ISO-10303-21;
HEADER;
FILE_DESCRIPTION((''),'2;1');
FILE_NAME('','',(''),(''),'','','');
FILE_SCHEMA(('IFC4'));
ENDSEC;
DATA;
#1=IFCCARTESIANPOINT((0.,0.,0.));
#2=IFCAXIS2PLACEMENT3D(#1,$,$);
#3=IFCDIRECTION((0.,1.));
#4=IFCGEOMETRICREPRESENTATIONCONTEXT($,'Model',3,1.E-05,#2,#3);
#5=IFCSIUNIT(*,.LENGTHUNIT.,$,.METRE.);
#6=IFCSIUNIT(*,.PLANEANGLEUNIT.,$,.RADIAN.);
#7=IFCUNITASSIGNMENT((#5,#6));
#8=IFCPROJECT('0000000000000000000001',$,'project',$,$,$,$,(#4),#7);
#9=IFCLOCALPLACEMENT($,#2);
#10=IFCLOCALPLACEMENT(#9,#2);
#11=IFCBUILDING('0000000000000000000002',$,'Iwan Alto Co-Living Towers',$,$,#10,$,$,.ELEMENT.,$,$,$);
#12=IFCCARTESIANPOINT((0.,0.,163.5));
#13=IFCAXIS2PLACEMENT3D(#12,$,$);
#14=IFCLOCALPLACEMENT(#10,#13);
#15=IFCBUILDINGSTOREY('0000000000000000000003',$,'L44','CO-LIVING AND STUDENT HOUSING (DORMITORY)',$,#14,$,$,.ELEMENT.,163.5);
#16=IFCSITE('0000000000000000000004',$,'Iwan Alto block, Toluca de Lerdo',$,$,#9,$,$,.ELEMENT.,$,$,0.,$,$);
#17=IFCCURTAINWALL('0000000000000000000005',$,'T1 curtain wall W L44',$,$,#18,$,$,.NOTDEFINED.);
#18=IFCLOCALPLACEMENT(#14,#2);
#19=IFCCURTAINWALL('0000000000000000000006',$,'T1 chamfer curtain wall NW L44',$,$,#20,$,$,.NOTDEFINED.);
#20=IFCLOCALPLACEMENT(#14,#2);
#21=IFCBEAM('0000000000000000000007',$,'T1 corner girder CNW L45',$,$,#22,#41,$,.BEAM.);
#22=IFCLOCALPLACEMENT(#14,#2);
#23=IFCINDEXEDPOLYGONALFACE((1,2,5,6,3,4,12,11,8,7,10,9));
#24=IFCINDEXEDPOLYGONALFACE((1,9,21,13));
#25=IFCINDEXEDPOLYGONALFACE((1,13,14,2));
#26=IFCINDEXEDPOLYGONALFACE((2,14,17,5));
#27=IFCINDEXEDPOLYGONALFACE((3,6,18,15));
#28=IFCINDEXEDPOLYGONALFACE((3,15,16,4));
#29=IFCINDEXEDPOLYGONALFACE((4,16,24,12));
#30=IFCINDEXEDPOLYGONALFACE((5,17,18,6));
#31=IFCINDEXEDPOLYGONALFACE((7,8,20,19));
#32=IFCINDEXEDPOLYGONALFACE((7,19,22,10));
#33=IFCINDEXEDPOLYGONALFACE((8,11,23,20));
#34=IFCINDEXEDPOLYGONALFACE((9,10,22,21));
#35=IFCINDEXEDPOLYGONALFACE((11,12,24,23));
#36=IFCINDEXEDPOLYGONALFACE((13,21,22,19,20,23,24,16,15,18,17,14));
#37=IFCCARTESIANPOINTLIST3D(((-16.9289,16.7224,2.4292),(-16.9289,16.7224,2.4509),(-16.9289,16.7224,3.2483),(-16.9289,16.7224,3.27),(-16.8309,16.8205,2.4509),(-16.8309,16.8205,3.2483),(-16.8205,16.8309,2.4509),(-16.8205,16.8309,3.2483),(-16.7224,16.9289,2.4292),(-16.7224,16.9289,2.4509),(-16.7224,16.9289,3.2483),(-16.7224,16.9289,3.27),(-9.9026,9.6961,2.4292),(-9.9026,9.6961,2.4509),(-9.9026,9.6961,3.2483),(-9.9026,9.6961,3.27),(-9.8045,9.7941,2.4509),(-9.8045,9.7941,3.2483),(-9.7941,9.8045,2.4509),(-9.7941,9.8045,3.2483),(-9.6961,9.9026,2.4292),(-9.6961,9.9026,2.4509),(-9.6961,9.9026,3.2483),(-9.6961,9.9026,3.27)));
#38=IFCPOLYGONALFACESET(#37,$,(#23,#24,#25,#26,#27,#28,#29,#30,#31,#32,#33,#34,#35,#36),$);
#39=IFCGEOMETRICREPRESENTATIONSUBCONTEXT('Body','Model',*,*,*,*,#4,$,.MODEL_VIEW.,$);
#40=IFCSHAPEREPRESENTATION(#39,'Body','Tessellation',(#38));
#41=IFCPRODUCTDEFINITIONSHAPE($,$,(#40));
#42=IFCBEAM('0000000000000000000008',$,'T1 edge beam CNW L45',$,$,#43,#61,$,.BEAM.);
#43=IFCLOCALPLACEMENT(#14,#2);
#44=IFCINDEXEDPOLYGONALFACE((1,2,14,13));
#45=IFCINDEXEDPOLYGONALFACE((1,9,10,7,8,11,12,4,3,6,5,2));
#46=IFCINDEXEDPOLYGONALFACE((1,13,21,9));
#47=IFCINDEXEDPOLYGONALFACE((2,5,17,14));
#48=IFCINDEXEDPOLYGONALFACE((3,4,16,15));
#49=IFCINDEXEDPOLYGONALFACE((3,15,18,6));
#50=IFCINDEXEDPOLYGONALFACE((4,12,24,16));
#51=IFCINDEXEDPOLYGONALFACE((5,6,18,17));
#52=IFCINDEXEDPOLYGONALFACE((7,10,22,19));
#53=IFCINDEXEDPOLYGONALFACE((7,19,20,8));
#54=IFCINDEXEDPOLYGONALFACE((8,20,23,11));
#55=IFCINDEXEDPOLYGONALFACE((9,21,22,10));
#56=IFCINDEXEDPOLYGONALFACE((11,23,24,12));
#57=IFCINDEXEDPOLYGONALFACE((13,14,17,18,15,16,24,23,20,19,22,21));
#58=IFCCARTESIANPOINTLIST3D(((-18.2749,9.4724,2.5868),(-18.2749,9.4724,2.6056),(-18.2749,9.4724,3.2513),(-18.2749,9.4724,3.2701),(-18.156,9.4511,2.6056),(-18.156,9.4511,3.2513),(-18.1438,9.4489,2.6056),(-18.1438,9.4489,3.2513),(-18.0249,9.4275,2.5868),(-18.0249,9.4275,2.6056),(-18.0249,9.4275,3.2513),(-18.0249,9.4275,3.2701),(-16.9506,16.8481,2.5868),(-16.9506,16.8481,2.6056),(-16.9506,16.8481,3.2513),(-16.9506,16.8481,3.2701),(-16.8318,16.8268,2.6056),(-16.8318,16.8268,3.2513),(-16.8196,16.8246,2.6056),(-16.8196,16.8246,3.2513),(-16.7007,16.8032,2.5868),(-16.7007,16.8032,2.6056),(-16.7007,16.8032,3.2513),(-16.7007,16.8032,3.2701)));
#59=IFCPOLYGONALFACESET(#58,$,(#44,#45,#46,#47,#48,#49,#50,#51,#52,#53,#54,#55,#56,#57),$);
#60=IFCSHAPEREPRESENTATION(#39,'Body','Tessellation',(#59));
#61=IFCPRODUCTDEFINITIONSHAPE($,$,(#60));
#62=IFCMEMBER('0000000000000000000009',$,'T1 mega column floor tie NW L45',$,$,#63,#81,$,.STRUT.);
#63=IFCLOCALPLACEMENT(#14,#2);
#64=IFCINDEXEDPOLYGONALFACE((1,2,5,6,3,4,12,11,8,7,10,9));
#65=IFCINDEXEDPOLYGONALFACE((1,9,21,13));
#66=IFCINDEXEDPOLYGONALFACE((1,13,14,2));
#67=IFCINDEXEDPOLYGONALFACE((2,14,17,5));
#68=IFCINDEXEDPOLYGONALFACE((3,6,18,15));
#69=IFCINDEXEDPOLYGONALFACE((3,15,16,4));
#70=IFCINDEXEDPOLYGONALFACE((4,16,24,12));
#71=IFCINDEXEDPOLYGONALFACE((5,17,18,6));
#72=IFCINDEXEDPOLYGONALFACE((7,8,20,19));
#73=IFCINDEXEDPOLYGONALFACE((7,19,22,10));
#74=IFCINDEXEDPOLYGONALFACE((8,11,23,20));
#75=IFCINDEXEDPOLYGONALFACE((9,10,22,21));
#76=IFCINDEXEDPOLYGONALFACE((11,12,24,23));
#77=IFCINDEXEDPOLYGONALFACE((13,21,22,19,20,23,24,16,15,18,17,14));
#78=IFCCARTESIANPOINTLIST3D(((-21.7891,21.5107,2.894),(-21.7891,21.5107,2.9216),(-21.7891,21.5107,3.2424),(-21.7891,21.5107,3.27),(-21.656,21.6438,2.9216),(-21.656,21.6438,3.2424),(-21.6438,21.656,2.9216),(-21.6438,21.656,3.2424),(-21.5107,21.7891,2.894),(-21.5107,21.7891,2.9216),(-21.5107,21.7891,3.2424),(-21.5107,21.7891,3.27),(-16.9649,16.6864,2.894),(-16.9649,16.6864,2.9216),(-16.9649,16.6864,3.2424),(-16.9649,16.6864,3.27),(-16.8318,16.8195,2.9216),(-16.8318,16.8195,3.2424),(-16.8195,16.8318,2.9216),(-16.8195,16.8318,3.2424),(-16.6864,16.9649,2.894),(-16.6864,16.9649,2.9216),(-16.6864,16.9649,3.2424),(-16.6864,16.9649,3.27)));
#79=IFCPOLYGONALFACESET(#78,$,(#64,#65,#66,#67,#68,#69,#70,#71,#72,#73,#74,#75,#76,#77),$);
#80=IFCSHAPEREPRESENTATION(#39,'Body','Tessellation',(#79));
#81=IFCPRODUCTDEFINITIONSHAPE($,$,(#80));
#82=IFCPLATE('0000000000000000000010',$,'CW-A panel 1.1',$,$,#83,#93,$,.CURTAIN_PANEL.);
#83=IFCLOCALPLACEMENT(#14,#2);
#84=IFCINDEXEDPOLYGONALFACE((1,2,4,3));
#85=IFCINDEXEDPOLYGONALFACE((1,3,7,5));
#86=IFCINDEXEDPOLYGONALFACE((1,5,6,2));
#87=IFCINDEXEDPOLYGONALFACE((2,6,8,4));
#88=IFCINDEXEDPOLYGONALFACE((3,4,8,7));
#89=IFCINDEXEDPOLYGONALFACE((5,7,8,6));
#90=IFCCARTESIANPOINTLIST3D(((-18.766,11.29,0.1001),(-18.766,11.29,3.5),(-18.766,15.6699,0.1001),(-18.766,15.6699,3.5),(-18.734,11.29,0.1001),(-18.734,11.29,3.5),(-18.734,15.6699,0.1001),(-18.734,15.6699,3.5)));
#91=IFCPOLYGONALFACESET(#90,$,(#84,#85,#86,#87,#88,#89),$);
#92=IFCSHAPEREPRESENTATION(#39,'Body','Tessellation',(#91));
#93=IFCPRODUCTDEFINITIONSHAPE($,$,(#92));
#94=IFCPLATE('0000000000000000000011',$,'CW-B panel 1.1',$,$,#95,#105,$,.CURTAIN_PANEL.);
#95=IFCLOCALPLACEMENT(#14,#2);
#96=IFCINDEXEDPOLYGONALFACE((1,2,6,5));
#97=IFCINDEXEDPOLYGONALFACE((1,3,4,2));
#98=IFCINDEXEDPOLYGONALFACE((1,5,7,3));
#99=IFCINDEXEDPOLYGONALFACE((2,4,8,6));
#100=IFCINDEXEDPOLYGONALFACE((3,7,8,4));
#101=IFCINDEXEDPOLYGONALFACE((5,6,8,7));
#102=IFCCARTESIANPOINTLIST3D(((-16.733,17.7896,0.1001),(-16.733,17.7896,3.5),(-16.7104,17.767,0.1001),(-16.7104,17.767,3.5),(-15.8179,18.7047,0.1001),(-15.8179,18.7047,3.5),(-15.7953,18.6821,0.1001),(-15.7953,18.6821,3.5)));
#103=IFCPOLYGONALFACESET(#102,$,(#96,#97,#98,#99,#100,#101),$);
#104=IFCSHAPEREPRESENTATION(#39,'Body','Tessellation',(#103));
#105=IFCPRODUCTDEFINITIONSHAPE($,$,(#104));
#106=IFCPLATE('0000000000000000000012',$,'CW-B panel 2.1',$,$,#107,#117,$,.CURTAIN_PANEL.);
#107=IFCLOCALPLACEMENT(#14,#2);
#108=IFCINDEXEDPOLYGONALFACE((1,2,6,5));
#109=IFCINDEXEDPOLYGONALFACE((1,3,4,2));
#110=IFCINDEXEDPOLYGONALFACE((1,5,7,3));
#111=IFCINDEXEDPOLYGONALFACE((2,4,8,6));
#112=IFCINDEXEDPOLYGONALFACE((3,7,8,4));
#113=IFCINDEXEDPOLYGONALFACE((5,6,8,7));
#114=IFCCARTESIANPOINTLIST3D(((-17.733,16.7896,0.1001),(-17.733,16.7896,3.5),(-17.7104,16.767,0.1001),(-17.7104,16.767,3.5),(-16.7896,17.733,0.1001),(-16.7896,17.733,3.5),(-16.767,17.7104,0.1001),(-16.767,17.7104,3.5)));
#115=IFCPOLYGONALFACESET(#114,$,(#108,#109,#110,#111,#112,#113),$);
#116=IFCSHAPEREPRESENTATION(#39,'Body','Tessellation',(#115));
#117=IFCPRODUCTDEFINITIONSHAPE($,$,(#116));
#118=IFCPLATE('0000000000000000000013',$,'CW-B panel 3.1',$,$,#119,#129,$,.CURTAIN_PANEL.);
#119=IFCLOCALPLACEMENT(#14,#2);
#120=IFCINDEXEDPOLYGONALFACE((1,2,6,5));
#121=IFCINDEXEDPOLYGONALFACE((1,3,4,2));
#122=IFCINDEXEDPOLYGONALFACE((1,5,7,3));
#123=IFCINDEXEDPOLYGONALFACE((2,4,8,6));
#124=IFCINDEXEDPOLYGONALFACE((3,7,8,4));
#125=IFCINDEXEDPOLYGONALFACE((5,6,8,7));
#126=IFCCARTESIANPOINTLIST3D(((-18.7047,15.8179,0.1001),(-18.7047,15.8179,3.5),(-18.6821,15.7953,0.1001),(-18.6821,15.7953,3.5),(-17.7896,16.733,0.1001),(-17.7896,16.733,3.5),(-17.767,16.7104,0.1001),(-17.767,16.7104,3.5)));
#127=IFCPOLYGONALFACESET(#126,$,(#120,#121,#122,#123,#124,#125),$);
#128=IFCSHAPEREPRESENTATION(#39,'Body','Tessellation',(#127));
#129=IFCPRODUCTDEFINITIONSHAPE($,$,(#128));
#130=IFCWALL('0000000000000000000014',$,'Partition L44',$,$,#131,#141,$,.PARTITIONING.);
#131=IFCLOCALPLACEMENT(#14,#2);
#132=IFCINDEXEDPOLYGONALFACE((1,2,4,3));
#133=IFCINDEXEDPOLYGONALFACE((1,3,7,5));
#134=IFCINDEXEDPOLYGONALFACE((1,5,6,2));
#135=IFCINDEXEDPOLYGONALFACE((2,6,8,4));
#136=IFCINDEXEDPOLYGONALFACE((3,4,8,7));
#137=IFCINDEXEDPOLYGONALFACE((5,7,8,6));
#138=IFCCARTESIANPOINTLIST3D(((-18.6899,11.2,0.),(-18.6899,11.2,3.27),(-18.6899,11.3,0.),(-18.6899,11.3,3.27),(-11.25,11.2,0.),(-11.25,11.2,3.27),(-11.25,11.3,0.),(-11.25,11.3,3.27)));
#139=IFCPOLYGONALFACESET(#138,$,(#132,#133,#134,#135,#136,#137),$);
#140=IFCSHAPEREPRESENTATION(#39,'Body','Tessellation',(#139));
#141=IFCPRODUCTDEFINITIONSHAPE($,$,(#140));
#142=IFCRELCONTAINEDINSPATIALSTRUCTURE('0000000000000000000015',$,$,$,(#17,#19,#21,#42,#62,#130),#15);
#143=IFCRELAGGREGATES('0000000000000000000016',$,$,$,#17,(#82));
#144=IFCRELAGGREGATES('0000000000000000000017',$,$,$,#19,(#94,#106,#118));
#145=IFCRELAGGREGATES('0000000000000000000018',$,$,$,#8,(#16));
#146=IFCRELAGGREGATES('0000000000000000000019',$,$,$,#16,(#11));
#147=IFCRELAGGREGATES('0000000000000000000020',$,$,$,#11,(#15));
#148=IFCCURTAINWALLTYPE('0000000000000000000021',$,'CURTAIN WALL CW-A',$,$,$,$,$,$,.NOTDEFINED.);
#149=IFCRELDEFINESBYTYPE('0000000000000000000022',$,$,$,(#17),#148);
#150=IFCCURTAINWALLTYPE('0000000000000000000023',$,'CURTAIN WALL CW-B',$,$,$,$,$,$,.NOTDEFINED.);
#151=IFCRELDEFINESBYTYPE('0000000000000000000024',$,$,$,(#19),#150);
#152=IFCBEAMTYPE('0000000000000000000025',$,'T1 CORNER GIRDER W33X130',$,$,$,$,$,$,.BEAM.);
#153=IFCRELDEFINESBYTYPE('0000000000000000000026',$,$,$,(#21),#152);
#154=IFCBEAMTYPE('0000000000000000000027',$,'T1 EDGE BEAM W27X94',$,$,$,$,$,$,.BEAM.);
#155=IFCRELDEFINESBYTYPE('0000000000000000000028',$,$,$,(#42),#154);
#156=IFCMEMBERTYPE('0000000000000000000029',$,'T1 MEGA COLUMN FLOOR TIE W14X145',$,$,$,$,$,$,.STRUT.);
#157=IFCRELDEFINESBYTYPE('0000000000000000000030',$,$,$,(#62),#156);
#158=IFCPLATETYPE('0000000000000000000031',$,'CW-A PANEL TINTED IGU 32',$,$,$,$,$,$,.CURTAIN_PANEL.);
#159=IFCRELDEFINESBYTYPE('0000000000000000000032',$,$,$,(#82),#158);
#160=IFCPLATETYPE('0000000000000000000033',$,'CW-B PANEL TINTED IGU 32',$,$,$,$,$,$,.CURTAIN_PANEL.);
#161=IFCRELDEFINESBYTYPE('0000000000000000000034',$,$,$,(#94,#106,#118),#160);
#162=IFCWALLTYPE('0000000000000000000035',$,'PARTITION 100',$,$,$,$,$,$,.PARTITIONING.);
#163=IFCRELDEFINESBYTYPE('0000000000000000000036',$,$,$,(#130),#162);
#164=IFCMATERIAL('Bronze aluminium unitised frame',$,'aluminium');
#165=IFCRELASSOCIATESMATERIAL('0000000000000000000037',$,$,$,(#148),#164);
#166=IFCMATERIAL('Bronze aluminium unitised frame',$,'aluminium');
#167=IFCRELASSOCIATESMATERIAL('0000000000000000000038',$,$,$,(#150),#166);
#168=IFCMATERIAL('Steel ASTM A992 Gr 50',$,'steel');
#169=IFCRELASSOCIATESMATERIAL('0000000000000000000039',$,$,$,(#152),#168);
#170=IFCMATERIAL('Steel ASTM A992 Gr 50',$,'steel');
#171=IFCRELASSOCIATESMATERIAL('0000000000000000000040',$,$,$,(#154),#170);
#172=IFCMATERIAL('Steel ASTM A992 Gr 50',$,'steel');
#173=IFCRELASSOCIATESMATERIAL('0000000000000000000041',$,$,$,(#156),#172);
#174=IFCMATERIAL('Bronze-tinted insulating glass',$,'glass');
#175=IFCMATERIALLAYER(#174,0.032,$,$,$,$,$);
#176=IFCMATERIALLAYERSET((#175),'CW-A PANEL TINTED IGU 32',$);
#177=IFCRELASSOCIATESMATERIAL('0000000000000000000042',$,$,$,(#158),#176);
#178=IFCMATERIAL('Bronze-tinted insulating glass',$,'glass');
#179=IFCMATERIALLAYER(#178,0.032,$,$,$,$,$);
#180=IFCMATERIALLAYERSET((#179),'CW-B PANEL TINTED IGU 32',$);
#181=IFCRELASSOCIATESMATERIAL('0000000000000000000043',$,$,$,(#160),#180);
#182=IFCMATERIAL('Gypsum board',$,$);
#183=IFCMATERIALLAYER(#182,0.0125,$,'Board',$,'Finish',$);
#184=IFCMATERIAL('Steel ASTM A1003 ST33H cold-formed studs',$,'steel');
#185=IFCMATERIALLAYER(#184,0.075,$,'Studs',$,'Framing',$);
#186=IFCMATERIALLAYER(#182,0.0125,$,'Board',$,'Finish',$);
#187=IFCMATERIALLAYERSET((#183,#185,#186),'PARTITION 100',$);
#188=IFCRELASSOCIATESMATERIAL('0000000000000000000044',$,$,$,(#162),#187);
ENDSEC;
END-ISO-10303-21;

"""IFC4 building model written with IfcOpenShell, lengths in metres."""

from ifc_helpers import new_model, si_unit, direction, frame, frame_2d, origin, origin_2d, place, context, subcontext, project, spatial, rectangle, i_section, extrude, material, layer, layer_set, material_profile, profile_set, type_object, element, aggregate, save


model = new_model("IFC4")

# Units and contexts
model_context = context("Model", 3, precision=1e-05, world=origin(), true_north=direction((0.0, 1.0)))
body_context = subcontext(model_context, "Body", "Model", "MODEL_VIEW")
ifc_project = project(units=[si_unit("LENGTHUNIT", "METRE"), si_unit("PLANEANGLEUNIT", "RADIAN")], contexts=[model_context])

# Site, building, storey
site_placement = place(None, origin())
site = spatial("IfcSite", under=ifc_project, at=site_placement, Name="Iwan Alto block, Toluca de Lerdo", CompositionType="ELEMENT", RefElevation=0.0)
building_placement = place(site_placement, origin())
building = spatial("IfcBuilding", under=site, at=building_placement, Name="Iwan Alto Co-Living Towers", CompositionType="ELEMENT")
storey_placement = place(building_placement, frame((0.0, 0.0, 163.5)))
storey = spatial("IfcBuildingStorey", under=building, at=storey_placement, Name="L44", Description="CO-LIVING AND STUDENT HOUSING (DORMITORY)", CompositionType="ELEMENT", Elevation=163.5)

# Shared definitions
ifc_material_1 = material(Name="Bronze aluminium unitised frame", Category="aluminium")
curtain_wall_type_1 = type_object("IfcCurtainWallType", Name="CURTAIN WALL CW-A", PredefinedType="NOTDEFINED", material=ifc_material_1)

# Curtain walls
curtain_wall_1_placement = place(storey_placement, origin())
curtain_wall_1 = element("IfcCurtainWall", 1, at=curtain_wall_1_placement, inside=storey, type_object=curtain_wall_type_1, Name="T1 curtain wall W L44", PredefinedType="NOTDEFINED")
ifc_material_2 = material(Name="Bronze aluminium unitised frame", Category="aluminium")
curtain_wall_type_2 = type_object("IfcCurtainWallType", Name="CURTAIN WALL CW-B", PredefinedType="NOTDEFINED", material=ifc_material_2)
curtain_wall_2_placement = place(storey_placement, origin())
curtain_wall_2 = element("IfcCurtainWall", 2, at=curtain_wall_2_placement, inside=storey, type_object=curtain_wall_type_2, Name="T1 chamfer curtain wall NW L44", PredefinedType="NOTDEFINED")

# Beams
ifc_material_3 = material(Name="Steel ASTM A992 Gr 50", Category="steel")
ifc_material_profile_1 = material_profile(ifc_material_3, i_section(OverallWidth=0.292, OverallDepth=0.8408, WebThickness=0.0146, FlangeThickness=0.0217, at=origin_2d()), Name="W33X130")
ifc_profile_set_1 = profile_set([ifc_material_profile_1], Name="Steel ASTM A992 Gr 50")
beam_type_1 = type_object("IfcBeamType", Name="T1 CORNER GIRDER W33X130", PredefinedType="BEAM", material=ifc_profile_set_1)
beam_1_placement = place(storey_placement, frame((-16.8257, 16.8257, 2.8496), z_axis=(0.707107, -0.707107, 0.0), x_axis=(0.707107, 0.707107, 0.0)))
element("IfcBeam", 3, at=beam_1_placement, inside=storey, type_object=beam_type_1, Name="T1 corner girder CNW L45", PredefinedType="BEAM", context=body_context, shape_type="SweptSolid", body=[
    extrude(i_section(OverallWidth=0.292, OverallDepth=0.8408, WebThickness=0.0146, FlangeThickness=0.0217, at=origin_2d()), origin(), (0.0, 0.0, 1.0), 9.9368),
])
ifc_material_4 = material(Name="Steel ASTM A992 Gr 50", Category="steel")
ifc_material_profile_2 = material_profile(ifc_material_4, i_section(OverallWidth=0.2539, OverallDepth=0.6833, WebThickness=0.0125, FlangeThickness=0.0188, at=origin_2d()), Name="W27X94")
ifc_profile_set_2 = profile_set([ifc_material_profile_2], Name="Steel ASTM A992 Gr 50")
beam_type_2 = type_object("IfcBeamType", Name="T1 EDGE BEAM W27X94", PredefinedType="BEAM", material=ifc_profile_set_2)
beam_2_placement = place(storey_placement, frame((-16.8257, 16.8257, 2.9285), z_axis=(-0.176712, -0.984263, 0.0), x_axis=(0.984263, -0.176712, 0.0)))
element("IfcBeam", 4, at=beam_2_placement, inside=storey, type_object=beam_type_2, Name="T1 edge beam CNW L45", PredefinedType="BEAM", context=body_context, shape_type="SweptSolid", body=[
    extrude(i_section(OverallWidth=0.2539, OverallDepth=0.6833, WebThickness=0.0125, FlangeThickness=0.0188, at=origin_2d()), origin(), (0.0, 0.0, 1.0), 7.4937),
])

# Member
ifc_material_5 = material(Name="Steel ASTM A992 Gr 50", Category="steel")
ifc_material_profile_3 = material_profile(ifc_material_5, i_section(OverallWidth=0.3938, OverallDepth=0.376, WebThickness=0.0173, FlangeThickness=0.0276, at=origin_2d()), Name="W14X145")
ifc_profile_set_3 = profile_set([ifc_material_profile_3], Name="Steel ASTM A992 Gr 50")
member_type_1 = type_object("IfcMemberType", Name="T1 MEGA COLUMN FLOOR TIE W14X145", PredefinedType="STRUT", material=ifc_profile_set_3)
member_1_placement = place(storey_placement, frame((-21.6499, 21.6499, 3.082), z_axis=(0.707107, -0.707107, 0.0), x_axis=(0.707107, 0.707107, 0.0)))
element("IfcMember", 5, at=member_1_placement, inside=storey, type_object=member_type_1, Name="T1 mega column floor tie NW L45", PredefinedType="STRUT", context=body_context, shape_type="SweptSolid", body=[
    extrude(i_section(OverallWidth=0.3938, OverallDepth=0.376, WebThickness=0.0173, FlangeThickness=0.0276, at=origin_2d()), origin(), (0.0, 0.0, 1.0), 6.8225),
])

# Plates
ifc_material_6 = material(Name="Bronze-tinted insulating glass", Category="glass")
ifc_layer_1 = layer(ifc_material_6, 0.032)
ifc_layer_set_1 = layer_set([ifc_layer_1], Name="CW-A PANEL TINTED IGU 32")
plate_type_1 = type_object("IfcPlateType", Name="CW-A PANEL TINTED IGU 32", PredefinedType="CURTAIN_PANEL", material=ifc_layer_set_1)
plate_1_placement = place(storey_placement, frame((-18.75, 13.48, 0.1001), z_axis=(0.0, 0.0, 1.0), x_axis=(0.0, -1.0, 0.0)))
plate_1 = element("IfcPlate", 6, at=plate_1_placement, type_object=plate_type_1, Name="CW-A panel 1.1", PredefinedType="CURTAIN_PANEL", context=body_context, shape_type="SweptSolid", body=[
    extrude(rectangle(XDim=4.3799, YDim=0.032, at=origin_2d()), origin(), (0.0, 0.0, 1.0), 3.3999),
])
aggregate(curtain_wall_1, [plate_1])
ifc_material_7 = material(Name="Bronze-tinted insulating glass", Category="glass")
ifc_layer_2 = layer(ifc_material_7, 0.032)
ifc_layer_set_2 = layer_set([ifc_layer_2], Name="CW-B PANEL TINTED IGU 32")
plate_type_2 = type_object("IfcPlateType", Name="CW-B PANEL TINTED IGU 32", PredefinedType="CURTAIN_PANEL", material=ifc_layer_set_2)
plate_2_placement = place(storey_placement, frame((-16.2642, 18.2358, 0.1001), z_axis=(0.0, 0.0, 1.0), x_axis=(-0.707107, -0.707107, 0.0)))
plate_2 = element("IfcPlate", 7, at=plate_2_placement, type_object=plate_type_2, Name="CW-B panel 1.1", PredefinedType="CURTAIN_PANEL", context=body_context, shape_type="SweptSolid", body=[
    extrude(rectangle(XDim=1.2942, YDim=0.032, at=origin_2d()), origin(), (0.0, 0.0, 1.0), 3.3999),
])
plate_3_placement = place(storey_placement, frame((-17.25, 17.25, 0.1001), z_axis=(0.0, 0.0, 1.0), x_axis=(-0.707107, -0.707107, 0.0)))
plate_3 = element("IfcPlate", 8, at=plate_3_placement, type_object=plate_type_2, Name="CW-B panel 2.1", PredefinedType="CURTAIN_PANEL", context=body_context, shape_type="SweptSolid", body=[
    extrude(rectangle(XDim=1.3342, YDim=0.032, at=origin_2d()), origin(), (0.0, 0.0, 1.0), 3.3999),
])
plate_4_placement = place(storey_placement, frame((-18.2358, 16.2642, 0.1001), z_axis=(0.0, 0.0, 1.0), x_axis=(-0.707107, -0.707107, 0.0)))
plate_4 = element("IfcPlate", 9, at=plate_4_placement, type_object=plate_type_2, Name="CW-B panel 3.1", PredefinedType="CURTAIN_PANEL", context=body_context, shape_type="SweptSolid", body=[
    extrude(rectangle(XDim=1.2942, YDim=0.032, at=origin_2d()), origin(), (0.0, 0.0, 1.0), 3.3999),
])
aggregate(curtain_wall_2, [plate_2, plate_3, plate_4])

# Wall
ifc_material_8 = material(Name="Gypsum board")
ifc_layer_3 = layer(ifc_material_8, 0.0125, Name="Board", Category="Finish")
ifc_material_9 = material(Name="Steel ASTM A1003 ST33H cold-formed studs", Category="steel")
ifc_layer_4 = layer(ifc_material_9, 0.075, Name="Studs", Category="Framing")
ifc_layer_5 = layer(ifc_material_8, 0.0125, Name="Board", Category="Finish")
ifc_layer_set_3 = layer_set([ifc_layer_3, ifc_layer_4, ifc_layer_5], Name="PARTITION 100")
wall_type = type_object("IfcWallType", Name="PARTITION 100", PredefinedType="PARTITIONING", material=ifc_layer_set_3)
wall_placement = place(storey_placement, frame((-18.6899, 11.25, 0.0), z_axis=(0.0, 0.0, 1.0), x_axis=(1.0, 0.0, 0.0)))
element("IfcWall", 10, at=wall_placement, inside=storey, type_object=wall_type, Name="Partition L44", PredefinedType="PARTITIONING", context=body_context, shape_type="SweptSolid", body=[
    extrude(rectangle(XDim=7.4399, YDim=0.1001, at=frame_2d((3.72, 0.0))), origin(), (0.0, 0.0, 1.0), 3.27),
])

save(model, "model.ifc")
